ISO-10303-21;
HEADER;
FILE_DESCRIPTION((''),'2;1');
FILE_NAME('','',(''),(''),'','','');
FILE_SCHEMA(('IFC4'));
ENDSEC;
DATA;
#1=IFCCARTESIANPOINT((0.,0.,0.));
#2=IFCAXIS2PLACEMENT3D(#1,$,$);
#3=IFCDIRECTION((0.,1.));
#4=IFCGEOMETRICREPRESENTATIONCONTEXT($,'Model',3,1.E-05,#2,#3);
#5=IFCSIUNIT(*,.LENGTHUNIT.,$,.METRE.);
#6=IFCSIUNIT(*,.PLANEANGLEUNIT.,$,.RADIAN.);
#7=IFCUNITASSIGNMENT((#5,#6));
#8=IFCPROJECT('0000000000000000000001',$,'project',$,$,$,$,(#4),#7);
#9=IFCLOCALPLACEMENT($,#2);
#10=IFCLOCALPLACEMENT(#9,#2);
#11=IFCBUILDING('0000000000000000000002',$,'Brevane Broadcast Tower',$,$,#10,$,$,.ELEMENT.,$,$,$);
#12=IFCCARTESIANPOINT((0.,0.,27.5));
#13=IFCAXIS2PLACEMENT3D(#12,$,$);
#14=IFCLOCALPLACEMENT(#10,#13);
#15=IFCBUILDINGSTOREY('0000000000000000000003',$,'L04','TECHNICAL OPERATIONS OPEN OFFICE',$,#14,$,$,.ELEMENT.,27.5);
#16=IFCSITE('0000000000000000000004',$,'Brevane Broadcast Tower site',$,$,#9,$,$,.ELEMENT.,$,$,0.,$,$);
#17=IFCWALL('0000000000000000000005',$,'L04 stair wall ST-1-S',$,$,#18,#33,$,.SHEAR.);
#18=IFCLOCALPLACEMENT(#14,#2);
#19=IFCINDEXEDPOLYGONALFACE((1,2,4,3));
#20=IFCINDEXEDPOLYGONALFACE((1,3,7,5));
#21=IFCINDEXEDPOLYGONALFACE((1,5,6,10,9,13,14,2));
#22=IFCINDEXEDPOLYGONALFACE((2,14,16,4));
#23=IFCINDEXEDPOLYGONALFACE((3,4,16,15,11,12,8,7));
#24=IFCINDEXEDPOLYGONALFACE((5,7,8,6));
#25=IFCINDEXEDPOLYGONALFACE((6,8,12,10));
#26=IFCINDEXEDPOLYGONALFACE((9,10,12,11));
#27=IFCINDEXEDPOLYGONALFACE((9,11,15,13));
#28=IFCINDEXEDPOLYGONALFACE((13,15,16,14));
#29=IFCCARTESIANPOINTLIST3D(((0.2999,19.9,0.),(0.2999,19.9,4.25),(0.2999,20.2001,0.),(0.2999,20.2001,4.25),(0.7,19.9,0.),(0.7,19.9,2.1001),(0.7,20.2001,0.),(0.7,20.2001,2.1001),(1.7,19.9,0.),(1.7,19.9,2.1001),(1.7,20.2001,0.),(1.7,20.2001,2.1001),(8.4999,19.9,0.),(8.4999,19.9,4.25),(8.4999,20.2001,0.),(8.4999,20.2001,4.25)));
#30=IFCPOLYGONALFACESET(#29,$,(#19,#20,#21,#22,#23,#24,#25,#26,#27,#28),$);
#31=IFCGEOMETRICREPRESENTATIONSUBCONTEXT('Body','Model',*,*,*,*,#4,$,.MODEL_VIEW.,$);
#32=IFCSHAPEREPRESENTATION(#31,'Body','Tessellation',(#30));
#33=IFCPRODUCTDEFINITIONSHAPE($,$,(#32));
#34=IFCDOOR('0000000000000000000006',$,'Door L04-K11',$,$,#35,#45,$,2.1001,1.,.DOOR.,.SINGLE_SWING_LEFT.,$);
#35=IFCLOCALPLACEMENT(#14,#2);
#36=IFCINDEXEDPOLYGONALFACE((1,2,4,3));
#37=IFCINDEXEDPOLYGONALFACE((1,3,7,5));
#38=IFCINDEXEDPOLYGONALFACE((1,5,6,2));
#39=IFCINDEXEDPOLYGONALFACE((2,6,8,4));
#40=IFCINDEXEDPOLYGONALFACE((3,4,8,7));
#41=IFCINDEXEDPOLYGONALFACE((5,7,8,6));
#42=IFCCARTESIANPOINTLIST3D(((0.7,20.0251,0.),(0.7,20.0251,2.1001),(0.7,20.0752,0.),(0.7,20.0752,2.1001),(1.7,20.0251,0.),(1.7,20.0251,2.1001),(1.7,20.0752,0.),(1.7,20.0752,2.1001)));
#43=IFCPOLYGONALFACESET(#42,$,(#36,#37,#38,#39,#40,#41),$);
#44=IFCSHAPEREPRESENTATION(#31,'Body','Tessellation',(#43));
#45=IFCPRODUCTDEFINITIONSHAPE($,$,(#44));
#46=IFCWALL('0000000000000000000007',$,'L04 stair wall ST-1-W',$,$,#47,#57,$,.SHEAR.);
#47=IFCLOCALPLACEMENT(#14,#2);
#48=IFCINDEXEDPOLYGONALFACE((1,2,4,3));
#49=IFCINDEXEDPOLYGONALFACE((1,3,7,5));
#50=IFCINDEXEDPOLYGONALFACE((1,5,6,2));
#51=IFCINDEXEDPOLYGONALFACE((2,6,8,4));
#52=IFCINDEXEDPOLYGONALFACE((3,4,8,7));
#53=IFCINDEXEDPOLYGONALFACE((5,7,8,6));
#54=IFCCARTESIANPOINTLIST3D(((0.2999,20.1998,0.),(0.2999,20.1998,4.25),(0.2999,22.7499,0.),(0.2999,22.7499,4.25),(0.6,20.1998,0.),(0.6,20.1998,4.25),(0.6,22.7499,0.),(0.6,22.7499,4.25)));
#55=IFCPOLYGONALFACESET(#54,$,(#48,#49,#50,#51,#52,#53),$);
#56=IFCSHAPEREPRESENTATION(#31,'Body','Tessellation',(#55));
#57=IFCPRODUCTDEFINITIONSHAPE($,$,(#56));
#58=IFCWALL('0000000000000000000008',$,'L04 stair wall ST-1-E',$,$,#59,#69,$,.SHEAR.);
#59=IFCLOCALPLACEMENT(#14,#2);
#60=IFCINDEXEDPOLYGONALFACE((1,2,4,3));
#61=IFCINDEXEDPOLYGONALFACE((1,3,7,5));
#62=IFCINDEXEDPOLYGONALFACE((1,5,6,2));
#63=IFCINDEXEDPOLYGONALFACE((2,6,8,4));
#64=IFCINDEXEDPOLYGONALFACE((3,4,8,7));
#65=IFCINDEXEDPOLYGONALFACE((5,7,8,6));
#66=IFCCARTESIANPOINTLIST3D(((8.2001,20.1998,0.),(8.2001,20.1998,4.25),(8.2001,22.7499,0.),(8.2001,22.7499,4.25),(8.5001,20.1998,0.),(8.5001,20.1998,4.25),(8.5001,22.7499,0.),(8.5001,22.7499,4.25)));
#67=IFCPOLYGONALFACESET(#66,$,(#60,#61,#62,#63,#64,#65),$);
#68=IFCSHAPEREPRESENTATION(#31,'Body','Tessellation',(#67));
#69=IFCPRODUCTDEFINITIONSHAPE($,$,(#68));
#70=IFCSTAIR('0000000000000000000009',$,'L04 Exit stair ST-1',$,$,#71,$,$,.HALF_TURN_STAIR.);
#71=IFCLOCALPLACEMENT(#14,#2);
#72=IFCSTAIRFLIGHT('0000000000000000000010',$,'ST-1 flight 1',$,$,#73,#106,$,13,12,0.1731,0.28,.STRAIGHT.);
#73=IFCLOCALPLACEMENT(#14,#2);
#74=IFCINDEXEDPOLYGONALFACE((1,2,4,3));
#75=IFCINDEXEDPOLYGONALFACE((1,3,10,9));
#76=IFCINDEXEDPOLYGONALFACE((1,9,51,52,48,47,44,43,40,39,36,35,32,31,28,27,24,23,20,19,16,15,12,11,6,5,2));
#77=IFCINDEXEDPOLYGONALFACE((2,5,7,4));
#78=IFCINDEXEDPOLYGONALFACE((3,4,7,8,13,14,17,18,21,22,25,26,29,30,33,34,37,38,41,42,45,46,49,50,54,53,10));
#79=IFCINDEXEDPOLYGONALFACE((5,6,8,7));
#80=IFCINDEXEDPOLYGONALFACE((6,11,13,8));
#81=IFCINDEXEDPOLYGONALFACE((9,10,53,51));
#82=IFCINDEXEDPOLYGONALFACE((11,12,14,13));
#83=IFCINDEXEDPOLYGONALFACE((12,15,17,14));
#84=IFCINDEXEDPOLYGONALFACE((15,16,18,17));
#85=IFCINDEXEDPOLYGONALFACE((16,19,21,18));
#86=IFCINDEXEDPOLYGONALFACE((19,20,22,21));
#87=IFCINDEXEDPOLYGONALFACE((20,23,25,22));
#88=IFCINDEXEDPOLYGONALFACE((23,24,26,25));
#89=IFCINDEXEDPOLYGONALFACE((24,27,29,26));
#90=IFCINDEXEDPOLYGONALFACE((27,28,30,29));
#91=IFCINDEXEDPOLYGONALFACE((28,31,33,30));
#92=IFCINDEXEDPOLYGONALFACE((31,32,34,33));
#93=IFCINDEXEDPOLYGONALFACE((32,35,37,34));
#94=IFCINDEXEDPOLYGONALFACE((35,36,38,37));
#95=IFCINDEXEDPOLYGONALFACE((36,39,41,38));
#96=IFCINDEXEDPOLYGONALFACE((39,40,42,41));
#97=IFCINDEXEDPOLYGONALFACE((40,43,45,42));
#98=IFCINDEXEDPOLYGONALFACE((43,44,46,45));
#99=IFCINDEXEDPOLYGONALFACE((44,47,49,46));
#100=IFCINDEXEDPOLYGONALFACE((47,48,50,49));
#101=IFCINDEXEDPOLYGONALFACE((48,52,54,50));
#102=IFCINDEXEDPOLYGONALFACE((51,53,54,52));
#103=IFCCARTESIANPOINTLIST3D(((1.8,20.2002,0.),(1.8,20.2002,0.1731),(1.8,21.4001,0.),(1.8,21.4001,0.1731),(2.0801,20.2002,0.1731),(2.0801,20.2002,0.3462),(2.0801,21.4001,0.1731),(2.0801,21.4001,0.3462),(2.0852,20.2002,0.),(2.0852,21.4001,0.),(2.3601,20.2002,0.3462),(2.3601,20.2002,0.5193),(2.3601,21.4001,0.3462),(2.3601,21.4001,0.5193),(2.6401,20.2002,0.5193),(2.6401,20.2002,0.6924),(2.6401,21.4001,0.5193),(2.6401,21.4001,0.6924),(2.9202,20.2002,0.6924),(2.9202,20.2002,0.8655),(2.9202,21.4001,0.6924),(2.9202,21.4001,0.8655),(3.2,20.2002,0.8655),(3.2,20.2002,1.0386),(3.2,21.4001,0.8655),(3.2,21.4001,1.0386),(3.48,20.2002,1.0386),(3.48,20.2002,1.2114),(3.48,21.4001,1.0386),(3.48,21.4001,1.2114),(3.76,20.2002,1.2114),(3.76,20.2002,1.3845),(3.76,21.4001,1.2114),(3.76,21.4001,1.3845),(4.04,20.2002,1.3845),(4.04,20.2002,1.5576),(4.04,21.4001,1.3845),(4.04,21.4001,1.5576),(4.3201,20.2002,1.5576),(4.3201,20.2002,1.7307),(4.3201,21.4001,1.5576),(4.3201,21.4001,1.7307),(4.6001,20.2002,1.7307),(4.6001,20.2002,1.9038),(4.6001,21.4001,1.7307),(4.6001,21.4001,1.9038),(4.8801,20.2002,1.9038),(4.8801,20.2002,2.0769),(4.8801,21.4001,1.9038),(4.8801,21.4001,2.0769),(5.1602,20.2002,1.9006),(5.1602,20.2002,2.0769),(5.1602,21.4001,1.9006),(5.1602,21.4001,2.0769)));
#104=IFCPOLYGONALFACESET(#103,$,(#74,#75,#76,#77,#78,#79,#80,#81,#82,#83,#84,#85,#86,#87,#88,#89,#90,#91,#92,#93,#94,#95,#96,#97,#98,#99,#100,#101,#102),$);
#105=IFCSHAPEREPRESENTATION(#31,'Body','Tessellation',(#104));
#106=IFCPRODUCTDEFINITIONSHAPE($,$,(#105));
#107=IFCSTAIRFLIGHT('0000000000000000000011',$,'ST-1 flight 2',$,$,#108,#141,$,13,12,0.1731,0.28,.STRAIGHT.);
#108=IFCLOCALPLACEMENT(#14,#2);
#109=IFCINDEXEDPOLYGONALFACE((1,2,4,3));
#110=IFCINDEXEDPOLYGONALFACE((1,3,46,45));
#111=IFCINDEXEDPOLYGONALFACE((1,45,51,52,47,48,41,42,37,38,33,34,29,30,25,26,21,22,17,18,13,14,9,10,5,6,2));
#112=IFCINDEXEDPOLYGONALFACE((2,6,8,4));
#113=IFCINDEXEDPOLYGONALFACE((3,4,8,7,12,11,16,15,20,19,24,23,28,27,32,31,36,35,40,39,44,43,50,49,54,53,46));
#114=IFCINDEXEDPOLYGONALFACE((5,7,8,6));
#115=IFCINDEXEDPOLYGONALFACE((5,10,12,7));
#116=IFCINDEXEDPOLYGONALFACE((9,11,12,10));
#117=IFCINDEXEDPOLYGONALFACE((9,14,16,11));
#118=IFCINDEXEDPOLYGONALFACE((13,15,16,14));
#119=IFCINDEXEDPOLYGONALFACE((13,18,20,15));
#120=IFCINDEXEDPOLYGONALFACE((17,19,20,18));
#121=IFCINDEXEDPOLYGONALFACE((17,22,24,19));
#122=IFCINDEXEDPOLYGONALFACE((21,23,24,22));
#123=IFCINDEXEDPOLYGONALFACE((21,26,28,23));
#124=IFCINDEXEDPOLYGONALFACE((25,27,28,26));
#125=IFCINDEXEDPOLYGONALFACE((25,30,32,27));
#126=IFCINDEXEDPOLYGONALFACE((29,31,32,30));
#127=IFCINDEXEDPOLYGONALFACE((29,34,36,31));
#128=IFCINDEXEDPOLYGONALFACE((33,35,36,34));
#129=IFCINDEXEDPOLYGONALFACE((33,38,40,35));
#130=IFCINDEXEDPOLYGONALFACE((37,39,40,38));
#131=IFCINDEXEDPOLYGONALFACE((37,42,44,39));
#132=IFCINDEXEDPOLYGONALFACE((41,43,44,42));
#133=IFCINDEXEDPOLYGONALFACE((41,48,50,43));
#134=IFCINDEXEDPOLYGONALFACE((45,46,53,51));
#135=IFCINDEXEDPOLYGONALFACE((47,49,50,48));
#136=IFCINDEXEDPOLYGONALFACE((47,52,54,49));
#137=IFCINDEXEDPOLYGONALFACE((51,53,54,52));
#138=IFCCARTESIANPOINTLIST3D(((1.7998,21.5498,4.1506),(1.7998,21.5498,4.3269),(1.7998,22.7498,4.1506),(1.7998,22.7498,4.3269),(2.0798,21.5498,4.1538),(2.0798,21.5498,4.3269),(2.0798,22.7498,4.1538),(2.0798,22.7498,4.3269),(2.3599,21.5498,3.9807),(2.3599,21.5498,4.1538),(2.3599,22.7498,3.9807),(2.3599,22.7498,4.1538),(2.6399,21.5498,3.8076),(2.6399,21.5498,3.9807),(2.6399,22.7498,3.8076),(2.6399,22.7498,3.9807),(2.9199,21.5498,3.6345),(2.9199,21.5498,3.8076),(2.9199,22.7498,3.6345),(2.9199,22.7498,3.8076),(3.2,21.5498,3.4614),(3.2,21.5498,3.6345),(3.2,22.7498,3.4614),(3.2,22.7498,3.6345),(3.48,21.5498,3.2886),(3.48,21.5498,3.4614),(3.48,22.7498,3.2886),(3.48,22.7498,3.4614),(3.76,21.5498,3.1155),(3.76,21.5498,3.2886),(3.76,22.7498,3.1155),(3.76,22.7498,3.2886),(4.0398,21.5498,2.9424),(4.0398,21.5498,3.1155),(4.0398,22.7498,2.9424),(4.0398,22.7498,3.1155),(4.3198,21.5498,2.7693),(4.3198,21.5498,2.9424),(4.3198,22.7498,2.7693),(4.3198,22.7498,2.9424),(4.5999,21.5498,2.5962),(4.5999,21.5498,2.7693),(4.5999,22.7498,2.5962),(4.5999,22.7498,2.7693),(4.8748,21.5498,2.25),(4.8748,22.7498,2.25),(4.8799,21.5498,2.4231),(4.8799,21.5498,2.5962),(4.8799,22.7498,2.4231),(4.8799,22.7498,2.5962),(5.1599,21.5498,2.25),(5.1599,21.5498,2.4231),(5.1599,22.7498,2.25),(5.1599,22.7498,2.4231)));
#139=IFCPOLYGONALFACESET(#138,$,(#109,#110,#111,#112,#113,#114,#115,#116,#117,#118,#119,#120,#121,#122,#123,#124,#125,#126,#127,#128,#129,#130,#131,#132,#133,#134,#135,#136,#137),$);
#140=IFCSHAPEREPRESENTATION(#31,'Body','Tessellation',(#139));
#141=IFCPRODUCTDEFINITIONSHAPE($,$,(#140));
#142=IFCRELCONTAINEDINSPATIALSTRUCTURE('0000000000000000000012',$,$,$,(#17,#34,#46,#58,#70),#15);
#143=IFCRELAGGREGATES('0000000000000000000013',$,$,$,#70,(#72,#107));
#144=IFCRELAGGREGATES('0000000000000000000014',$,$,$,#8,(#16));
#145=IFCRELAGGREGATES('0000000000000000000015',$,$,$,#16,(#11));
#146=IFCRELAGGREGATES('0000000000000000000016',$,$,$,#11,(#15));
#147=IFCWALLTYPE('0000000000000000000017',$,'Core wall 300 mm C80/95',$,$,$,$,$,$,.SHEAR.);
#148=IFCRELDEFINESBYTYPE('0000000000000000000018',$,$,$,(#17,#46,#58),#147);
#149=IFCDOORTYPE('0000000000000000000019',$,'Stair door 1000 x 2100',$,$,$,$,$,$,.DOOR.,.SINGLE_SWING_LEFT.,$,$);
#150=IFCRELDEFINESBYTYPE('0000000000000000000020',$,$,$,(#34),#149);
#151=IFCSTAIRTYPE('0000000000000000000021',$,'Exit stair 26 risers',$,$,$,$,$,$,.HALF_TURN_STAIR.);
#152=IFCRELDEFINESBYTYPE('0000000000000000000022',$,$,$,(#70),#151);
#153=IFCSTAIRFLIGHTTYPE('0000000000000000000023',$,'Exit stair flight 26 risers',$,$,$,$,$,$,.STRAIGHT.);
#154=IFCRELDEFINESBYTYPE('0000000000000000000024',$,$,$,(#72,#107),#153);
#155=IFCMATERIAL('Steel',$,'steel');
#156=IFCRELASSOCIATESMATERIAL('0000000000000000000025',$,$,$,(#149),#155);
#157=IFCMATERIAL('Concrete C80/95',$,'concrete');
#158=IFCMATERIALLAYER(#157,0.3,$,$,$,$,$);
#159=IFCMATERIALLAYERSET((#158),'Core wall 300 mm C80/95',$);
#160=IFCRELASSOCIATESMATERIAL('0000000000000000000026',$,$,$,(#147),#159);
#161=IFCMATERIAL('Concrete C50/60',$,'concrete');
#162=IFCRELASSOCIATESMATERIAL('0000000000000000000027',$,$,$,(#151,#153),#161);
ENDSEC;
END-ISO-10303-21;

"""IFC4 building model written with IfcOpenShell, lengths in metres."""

from ifc_helpers import new_model, si_unit, direction, frame, frame_2d, origin, place, context, subcontext, project, spatial, polyline, rectangle, outline, extrude, material, layer, layer_set, type_object, element, fill, aggregate, save


model = new_model("IFC4")

# Units and contexts
model_context = context("Model", 3, precision=1e-05, world=origin(), true_north=direction((0.0, 1.0)))
body_context = subcontext(model_context, "Body", "Model", "MODEL_VIEW")
ifc_project = project(units=[si_unit("LENGTHUNIT", "METRE"), si_unit("PLANEANGLEUNIT", "RADIAN")], contexts=[model_context])

# Site, building, storey
site_placement = place(None, origin())
site = spatial("IfcSite", under=ifc_project, at=site_placement, Name="Brevane Broadcast Tower site", CompositionType="ELEMENT", RefElevation=0.0)
building_placement = place(site_placement, origin())
building = spatial("IfcBuilding", under=site, at=building_placement, Name="Brevane Broadcast Tower", CompositionType="ELEMENT")
storey_placement = place(building_placement, frame((0.0, 0.0, 27.5)))
storey = spatial("IfcBuildingStorey", under=building, at=storey_placement, Name="L04", Description="TECHNICAL OPERATIONS OPEN OFFICE", CompositionType="ELEMENT", Elevation=27.5)

# Shared definitions
ifc_material_1 = material(Name="Steel", Category="steel")

# Shared definitions
door_type_1 = type_object("IfcDoorType", Name="Stair door 1000 x 2100", OperationType="SINGLE_SWING_LEFT", PredefinedType="DOOR", material=ifc_material_1)

# Shared definitions
ifc_material_2 = material(Name="Concrete C80/95", Category="concrete")

# Shared definitions
ifc_layer_1 = layer(ifc_material_2, 0.3)
ifc_layer_set_1 = layer_set([ifc_layer_1], Name="Core wall 300 mm C80/95")
wall_type_1 = type_object("IfcWallType", Name="Core wall 300 mm C80/95", PredefinedType="SHEAR", material=ifc_layer_set_1)

# Wall, opening, door
wall_1_placement = place(storey_placement, frame((8.5, 20.05, 0.0), z_axis=(0.0, 0.0, 1.0), x_axis=(-1.0, 0.0, 0.0)))
wall_1 = element("IfcWall", 1, at=wall_1_placement, inside=storey, type_object=wall_type_1, Name="L04 stair wall ST-1-S", PredefinedType="SHEAR", context=body_context, shape_type="SweptSolid", body=[
    extrude(rectangle(XDim=8.2, YDim=0.3, at=frame_2d((4.1001, 0.0))), origin(), (0.0, 0.0, 1.0), 4.25),
])
opening_1_placement = place(wall_1_placement, frame((6.8, 0.0, 0.0)))
opening_1 = element("IfcOpeningElement", 2, at=opening_1_placement, cuts=wall_1, PredefinedType="OPENING", context=body_context, shape_type="SweptSolid", body=[
    extrude(rectangle(XDim=1.0, YDim=2.1001, at=frame_2d((0.5, 1.05))), frame((0.0, 0.1599, 0.0), z_axis=(0.0, -1.0, 0.0), x_axis=(1.0, 0.0, 0.0)), (0.0, 0.0, 1.0), 0.3201),
])
door_1_placement = place(opening_1_placement, origin())
door_1 = element("IfcDoor", 3, at=door_1_placement, inside=storey, type_object=door_type_1, Name="Door L04-K11", OperationType="SINGLE_SWING_LEFT", OverallHeight=2.1001, OverallWidth=1.0, PredefinedType="DOOR", context=body_context, shape_type="SweptSolid", body=[
    extrude(rectangle(XDim=1.0, YDim=2.1001, at=frame_2d((0.5, 1.05))), frame((0.0, 0.0249, 0.0), z_axis=(0.0, -1.0, 0.0), x_axis=(1.0, 0.0, 0.0)), (0.0, 0.0, 1.0), 0.05),
])
fill(opening_1, door_1)

# Walls
for number, where, z_axis, x_axis, name in (
    (4, (0.45, 20.2, 0.0), (0.0, 0.0, 1.0), (0.0, 1.0, 0.0), "L04 stair wall ST-1-W"),
    (5, (8.3501, 20.2, 0.0), (0.0, 0.0, 1.0), (0.0, 1.0, 0.0), "L04 stair wall ST-1-E"),
):
    element("IfcWall", number, at=place(storey_placement, frame(where, z_axis=z_axis, x_axis=x_axis)), inside=storey, type_object=wall_type_1, Name=name, PredefinedType="SHEAR", context=body_context, shape_type="SweptSolid", body=[
        extrude(rectangle(XDim=2.55, YDim=0.3, at=frame_2d((1.2749, 0.0))), origin(), (0.0, 0.0, 1.0), 4.25),
    ])

# Stair, stair flights
ifc_material_3 = material(Name="Concrete C50/60", Category="concrete")
stair_type = type_object("IfcStairType", Name="Exit stair 26 risers", PredefinedType="HALF_TURN_STAIR", material=ifc_material_3)
stair_placement = place(storey_placement, origin())
stair = element("IfcStair", 6, at=stair_placement, inside=storey, type_object=stair_type, Name="L04 Exit stair ST-1", PredefinedType="HALF_TURN_STAIR")
stair_flight_type = type_object("IfcStairFlightType", Name="Exit stair flight 26 risers", PredefinedType="STRAIGHT", material=ifc_material_3)
stair_flight_1_placement = place(storey_placement, frame((1.8, 20.8, 0.0), z_axis=(0.0, 0.0, 1.0), x_axis=(1.0, 0.0, 0.0)))
stair_flight_1 = element("IfcStairFlight", 7, at=stair_flight_1_placement, type_object=stair_flight_type, Name="ST-1 flight 1", NumberOfRisers=13, NumberOfTreads=12, PredefinedType="STRAIGHT", RiserHeight=0.1731, TreadLength=0.28, context=body_context, shape_type="SweptSolid", body=[
    extrude(outline(polyline([(0.0, 0.0), (0.0, 0.1731), (0.28, 0.1731), (0.28, 0.3462), (0.5601, 0.3462), (0.5601, 0.5193), (0.8401, 0.5193), (0.8401, 0.6924), (1.1201, 0.6924), (1.1201, 0.8655), (1.3999, 0.8655), (1.3999, 1.0386), (1.6799, 1.0386), (1.6799, 1.2114), (1.96, 1.2114), (1.96, 1.3845), (2.24, 1.3845), (2.24, 1.5576), (2.52, 1.5576), (2.52, 1.7307), (2.8, 1.7307), (2.8, 1.9038), (3.0801, 1.9038), (3.0801, 2.0769), (3.3601, 2.0769), (3.3601, 2.25), (3.3601, 1.9006), (0.2852, 0.0), (0.0, 0.0)])), frame((0.0, 0.6001, 0.0), z_axis=(0.0, -1.0, 0.0), x_axis=(1.0, 0.0, 0.0)), (0.0, 0.0, 1.0), 1.2),
])
stair_flight_2_placement = place(storey_placement, frame((5.1599, 22.1499, 2.25), z_axis=(0.0, 0.0, 1.0), x_axis=(-1.0, 0.0, 0.0)))
stair_flight_2 = element("IfcStairFlight", 8, at=stair_flight_2_placement, type_object=stair_flight_type, Name="ST-1 flight 2", NumberOfRisers=13, NumberOfTreads=12, PredefinedType="STRAIGHT", RiserHeight=0.1731, TreadLength=0.28, context=body_context, shape_type="SweptSolid", body=[
    extrude(outline(polyline([(0.0, 0.0), (0.0, 0.1731), (0.28, 0.1731), (0.28, 0.3462), (0.5601, 0.3462), (0.5601, 0.5193), (0.8401, 0.5193), (0.8401, 0.6924), (1.1201, 0.6924), (1.1201, 0.8655), (1.3999, 0.8655), (1.3999, 1.0386), (1.6799, 1.0386), (1.6799, 1.2114), (1.96, 1.2114), (1.96, 1.3845), (2.24, 1.3845), (2.24, 1.5576), (2.52, 1.5576), (2.52, 1.7307), (2.8, 1.7307), (2.8, 1.9038), (3.0801, 1.9038), (3.0801, 2.0769), (3.3601, 2.0769), (3.3601, 2.25), (3.3601, 1.9006), (0.2852, 0.0), (0.0, 0.0)])), frame((0.0, 0.6001, 0.0), z_axis=(0.0, -1.0, 0.0), x_axis=(1.0, 0.0, 0.0)), (0.0, 0.0, 1.0), 1.2),
])
aggregate(stair, [stair_flight_1, stair_flight_2])

save(model, "model.ifc")
